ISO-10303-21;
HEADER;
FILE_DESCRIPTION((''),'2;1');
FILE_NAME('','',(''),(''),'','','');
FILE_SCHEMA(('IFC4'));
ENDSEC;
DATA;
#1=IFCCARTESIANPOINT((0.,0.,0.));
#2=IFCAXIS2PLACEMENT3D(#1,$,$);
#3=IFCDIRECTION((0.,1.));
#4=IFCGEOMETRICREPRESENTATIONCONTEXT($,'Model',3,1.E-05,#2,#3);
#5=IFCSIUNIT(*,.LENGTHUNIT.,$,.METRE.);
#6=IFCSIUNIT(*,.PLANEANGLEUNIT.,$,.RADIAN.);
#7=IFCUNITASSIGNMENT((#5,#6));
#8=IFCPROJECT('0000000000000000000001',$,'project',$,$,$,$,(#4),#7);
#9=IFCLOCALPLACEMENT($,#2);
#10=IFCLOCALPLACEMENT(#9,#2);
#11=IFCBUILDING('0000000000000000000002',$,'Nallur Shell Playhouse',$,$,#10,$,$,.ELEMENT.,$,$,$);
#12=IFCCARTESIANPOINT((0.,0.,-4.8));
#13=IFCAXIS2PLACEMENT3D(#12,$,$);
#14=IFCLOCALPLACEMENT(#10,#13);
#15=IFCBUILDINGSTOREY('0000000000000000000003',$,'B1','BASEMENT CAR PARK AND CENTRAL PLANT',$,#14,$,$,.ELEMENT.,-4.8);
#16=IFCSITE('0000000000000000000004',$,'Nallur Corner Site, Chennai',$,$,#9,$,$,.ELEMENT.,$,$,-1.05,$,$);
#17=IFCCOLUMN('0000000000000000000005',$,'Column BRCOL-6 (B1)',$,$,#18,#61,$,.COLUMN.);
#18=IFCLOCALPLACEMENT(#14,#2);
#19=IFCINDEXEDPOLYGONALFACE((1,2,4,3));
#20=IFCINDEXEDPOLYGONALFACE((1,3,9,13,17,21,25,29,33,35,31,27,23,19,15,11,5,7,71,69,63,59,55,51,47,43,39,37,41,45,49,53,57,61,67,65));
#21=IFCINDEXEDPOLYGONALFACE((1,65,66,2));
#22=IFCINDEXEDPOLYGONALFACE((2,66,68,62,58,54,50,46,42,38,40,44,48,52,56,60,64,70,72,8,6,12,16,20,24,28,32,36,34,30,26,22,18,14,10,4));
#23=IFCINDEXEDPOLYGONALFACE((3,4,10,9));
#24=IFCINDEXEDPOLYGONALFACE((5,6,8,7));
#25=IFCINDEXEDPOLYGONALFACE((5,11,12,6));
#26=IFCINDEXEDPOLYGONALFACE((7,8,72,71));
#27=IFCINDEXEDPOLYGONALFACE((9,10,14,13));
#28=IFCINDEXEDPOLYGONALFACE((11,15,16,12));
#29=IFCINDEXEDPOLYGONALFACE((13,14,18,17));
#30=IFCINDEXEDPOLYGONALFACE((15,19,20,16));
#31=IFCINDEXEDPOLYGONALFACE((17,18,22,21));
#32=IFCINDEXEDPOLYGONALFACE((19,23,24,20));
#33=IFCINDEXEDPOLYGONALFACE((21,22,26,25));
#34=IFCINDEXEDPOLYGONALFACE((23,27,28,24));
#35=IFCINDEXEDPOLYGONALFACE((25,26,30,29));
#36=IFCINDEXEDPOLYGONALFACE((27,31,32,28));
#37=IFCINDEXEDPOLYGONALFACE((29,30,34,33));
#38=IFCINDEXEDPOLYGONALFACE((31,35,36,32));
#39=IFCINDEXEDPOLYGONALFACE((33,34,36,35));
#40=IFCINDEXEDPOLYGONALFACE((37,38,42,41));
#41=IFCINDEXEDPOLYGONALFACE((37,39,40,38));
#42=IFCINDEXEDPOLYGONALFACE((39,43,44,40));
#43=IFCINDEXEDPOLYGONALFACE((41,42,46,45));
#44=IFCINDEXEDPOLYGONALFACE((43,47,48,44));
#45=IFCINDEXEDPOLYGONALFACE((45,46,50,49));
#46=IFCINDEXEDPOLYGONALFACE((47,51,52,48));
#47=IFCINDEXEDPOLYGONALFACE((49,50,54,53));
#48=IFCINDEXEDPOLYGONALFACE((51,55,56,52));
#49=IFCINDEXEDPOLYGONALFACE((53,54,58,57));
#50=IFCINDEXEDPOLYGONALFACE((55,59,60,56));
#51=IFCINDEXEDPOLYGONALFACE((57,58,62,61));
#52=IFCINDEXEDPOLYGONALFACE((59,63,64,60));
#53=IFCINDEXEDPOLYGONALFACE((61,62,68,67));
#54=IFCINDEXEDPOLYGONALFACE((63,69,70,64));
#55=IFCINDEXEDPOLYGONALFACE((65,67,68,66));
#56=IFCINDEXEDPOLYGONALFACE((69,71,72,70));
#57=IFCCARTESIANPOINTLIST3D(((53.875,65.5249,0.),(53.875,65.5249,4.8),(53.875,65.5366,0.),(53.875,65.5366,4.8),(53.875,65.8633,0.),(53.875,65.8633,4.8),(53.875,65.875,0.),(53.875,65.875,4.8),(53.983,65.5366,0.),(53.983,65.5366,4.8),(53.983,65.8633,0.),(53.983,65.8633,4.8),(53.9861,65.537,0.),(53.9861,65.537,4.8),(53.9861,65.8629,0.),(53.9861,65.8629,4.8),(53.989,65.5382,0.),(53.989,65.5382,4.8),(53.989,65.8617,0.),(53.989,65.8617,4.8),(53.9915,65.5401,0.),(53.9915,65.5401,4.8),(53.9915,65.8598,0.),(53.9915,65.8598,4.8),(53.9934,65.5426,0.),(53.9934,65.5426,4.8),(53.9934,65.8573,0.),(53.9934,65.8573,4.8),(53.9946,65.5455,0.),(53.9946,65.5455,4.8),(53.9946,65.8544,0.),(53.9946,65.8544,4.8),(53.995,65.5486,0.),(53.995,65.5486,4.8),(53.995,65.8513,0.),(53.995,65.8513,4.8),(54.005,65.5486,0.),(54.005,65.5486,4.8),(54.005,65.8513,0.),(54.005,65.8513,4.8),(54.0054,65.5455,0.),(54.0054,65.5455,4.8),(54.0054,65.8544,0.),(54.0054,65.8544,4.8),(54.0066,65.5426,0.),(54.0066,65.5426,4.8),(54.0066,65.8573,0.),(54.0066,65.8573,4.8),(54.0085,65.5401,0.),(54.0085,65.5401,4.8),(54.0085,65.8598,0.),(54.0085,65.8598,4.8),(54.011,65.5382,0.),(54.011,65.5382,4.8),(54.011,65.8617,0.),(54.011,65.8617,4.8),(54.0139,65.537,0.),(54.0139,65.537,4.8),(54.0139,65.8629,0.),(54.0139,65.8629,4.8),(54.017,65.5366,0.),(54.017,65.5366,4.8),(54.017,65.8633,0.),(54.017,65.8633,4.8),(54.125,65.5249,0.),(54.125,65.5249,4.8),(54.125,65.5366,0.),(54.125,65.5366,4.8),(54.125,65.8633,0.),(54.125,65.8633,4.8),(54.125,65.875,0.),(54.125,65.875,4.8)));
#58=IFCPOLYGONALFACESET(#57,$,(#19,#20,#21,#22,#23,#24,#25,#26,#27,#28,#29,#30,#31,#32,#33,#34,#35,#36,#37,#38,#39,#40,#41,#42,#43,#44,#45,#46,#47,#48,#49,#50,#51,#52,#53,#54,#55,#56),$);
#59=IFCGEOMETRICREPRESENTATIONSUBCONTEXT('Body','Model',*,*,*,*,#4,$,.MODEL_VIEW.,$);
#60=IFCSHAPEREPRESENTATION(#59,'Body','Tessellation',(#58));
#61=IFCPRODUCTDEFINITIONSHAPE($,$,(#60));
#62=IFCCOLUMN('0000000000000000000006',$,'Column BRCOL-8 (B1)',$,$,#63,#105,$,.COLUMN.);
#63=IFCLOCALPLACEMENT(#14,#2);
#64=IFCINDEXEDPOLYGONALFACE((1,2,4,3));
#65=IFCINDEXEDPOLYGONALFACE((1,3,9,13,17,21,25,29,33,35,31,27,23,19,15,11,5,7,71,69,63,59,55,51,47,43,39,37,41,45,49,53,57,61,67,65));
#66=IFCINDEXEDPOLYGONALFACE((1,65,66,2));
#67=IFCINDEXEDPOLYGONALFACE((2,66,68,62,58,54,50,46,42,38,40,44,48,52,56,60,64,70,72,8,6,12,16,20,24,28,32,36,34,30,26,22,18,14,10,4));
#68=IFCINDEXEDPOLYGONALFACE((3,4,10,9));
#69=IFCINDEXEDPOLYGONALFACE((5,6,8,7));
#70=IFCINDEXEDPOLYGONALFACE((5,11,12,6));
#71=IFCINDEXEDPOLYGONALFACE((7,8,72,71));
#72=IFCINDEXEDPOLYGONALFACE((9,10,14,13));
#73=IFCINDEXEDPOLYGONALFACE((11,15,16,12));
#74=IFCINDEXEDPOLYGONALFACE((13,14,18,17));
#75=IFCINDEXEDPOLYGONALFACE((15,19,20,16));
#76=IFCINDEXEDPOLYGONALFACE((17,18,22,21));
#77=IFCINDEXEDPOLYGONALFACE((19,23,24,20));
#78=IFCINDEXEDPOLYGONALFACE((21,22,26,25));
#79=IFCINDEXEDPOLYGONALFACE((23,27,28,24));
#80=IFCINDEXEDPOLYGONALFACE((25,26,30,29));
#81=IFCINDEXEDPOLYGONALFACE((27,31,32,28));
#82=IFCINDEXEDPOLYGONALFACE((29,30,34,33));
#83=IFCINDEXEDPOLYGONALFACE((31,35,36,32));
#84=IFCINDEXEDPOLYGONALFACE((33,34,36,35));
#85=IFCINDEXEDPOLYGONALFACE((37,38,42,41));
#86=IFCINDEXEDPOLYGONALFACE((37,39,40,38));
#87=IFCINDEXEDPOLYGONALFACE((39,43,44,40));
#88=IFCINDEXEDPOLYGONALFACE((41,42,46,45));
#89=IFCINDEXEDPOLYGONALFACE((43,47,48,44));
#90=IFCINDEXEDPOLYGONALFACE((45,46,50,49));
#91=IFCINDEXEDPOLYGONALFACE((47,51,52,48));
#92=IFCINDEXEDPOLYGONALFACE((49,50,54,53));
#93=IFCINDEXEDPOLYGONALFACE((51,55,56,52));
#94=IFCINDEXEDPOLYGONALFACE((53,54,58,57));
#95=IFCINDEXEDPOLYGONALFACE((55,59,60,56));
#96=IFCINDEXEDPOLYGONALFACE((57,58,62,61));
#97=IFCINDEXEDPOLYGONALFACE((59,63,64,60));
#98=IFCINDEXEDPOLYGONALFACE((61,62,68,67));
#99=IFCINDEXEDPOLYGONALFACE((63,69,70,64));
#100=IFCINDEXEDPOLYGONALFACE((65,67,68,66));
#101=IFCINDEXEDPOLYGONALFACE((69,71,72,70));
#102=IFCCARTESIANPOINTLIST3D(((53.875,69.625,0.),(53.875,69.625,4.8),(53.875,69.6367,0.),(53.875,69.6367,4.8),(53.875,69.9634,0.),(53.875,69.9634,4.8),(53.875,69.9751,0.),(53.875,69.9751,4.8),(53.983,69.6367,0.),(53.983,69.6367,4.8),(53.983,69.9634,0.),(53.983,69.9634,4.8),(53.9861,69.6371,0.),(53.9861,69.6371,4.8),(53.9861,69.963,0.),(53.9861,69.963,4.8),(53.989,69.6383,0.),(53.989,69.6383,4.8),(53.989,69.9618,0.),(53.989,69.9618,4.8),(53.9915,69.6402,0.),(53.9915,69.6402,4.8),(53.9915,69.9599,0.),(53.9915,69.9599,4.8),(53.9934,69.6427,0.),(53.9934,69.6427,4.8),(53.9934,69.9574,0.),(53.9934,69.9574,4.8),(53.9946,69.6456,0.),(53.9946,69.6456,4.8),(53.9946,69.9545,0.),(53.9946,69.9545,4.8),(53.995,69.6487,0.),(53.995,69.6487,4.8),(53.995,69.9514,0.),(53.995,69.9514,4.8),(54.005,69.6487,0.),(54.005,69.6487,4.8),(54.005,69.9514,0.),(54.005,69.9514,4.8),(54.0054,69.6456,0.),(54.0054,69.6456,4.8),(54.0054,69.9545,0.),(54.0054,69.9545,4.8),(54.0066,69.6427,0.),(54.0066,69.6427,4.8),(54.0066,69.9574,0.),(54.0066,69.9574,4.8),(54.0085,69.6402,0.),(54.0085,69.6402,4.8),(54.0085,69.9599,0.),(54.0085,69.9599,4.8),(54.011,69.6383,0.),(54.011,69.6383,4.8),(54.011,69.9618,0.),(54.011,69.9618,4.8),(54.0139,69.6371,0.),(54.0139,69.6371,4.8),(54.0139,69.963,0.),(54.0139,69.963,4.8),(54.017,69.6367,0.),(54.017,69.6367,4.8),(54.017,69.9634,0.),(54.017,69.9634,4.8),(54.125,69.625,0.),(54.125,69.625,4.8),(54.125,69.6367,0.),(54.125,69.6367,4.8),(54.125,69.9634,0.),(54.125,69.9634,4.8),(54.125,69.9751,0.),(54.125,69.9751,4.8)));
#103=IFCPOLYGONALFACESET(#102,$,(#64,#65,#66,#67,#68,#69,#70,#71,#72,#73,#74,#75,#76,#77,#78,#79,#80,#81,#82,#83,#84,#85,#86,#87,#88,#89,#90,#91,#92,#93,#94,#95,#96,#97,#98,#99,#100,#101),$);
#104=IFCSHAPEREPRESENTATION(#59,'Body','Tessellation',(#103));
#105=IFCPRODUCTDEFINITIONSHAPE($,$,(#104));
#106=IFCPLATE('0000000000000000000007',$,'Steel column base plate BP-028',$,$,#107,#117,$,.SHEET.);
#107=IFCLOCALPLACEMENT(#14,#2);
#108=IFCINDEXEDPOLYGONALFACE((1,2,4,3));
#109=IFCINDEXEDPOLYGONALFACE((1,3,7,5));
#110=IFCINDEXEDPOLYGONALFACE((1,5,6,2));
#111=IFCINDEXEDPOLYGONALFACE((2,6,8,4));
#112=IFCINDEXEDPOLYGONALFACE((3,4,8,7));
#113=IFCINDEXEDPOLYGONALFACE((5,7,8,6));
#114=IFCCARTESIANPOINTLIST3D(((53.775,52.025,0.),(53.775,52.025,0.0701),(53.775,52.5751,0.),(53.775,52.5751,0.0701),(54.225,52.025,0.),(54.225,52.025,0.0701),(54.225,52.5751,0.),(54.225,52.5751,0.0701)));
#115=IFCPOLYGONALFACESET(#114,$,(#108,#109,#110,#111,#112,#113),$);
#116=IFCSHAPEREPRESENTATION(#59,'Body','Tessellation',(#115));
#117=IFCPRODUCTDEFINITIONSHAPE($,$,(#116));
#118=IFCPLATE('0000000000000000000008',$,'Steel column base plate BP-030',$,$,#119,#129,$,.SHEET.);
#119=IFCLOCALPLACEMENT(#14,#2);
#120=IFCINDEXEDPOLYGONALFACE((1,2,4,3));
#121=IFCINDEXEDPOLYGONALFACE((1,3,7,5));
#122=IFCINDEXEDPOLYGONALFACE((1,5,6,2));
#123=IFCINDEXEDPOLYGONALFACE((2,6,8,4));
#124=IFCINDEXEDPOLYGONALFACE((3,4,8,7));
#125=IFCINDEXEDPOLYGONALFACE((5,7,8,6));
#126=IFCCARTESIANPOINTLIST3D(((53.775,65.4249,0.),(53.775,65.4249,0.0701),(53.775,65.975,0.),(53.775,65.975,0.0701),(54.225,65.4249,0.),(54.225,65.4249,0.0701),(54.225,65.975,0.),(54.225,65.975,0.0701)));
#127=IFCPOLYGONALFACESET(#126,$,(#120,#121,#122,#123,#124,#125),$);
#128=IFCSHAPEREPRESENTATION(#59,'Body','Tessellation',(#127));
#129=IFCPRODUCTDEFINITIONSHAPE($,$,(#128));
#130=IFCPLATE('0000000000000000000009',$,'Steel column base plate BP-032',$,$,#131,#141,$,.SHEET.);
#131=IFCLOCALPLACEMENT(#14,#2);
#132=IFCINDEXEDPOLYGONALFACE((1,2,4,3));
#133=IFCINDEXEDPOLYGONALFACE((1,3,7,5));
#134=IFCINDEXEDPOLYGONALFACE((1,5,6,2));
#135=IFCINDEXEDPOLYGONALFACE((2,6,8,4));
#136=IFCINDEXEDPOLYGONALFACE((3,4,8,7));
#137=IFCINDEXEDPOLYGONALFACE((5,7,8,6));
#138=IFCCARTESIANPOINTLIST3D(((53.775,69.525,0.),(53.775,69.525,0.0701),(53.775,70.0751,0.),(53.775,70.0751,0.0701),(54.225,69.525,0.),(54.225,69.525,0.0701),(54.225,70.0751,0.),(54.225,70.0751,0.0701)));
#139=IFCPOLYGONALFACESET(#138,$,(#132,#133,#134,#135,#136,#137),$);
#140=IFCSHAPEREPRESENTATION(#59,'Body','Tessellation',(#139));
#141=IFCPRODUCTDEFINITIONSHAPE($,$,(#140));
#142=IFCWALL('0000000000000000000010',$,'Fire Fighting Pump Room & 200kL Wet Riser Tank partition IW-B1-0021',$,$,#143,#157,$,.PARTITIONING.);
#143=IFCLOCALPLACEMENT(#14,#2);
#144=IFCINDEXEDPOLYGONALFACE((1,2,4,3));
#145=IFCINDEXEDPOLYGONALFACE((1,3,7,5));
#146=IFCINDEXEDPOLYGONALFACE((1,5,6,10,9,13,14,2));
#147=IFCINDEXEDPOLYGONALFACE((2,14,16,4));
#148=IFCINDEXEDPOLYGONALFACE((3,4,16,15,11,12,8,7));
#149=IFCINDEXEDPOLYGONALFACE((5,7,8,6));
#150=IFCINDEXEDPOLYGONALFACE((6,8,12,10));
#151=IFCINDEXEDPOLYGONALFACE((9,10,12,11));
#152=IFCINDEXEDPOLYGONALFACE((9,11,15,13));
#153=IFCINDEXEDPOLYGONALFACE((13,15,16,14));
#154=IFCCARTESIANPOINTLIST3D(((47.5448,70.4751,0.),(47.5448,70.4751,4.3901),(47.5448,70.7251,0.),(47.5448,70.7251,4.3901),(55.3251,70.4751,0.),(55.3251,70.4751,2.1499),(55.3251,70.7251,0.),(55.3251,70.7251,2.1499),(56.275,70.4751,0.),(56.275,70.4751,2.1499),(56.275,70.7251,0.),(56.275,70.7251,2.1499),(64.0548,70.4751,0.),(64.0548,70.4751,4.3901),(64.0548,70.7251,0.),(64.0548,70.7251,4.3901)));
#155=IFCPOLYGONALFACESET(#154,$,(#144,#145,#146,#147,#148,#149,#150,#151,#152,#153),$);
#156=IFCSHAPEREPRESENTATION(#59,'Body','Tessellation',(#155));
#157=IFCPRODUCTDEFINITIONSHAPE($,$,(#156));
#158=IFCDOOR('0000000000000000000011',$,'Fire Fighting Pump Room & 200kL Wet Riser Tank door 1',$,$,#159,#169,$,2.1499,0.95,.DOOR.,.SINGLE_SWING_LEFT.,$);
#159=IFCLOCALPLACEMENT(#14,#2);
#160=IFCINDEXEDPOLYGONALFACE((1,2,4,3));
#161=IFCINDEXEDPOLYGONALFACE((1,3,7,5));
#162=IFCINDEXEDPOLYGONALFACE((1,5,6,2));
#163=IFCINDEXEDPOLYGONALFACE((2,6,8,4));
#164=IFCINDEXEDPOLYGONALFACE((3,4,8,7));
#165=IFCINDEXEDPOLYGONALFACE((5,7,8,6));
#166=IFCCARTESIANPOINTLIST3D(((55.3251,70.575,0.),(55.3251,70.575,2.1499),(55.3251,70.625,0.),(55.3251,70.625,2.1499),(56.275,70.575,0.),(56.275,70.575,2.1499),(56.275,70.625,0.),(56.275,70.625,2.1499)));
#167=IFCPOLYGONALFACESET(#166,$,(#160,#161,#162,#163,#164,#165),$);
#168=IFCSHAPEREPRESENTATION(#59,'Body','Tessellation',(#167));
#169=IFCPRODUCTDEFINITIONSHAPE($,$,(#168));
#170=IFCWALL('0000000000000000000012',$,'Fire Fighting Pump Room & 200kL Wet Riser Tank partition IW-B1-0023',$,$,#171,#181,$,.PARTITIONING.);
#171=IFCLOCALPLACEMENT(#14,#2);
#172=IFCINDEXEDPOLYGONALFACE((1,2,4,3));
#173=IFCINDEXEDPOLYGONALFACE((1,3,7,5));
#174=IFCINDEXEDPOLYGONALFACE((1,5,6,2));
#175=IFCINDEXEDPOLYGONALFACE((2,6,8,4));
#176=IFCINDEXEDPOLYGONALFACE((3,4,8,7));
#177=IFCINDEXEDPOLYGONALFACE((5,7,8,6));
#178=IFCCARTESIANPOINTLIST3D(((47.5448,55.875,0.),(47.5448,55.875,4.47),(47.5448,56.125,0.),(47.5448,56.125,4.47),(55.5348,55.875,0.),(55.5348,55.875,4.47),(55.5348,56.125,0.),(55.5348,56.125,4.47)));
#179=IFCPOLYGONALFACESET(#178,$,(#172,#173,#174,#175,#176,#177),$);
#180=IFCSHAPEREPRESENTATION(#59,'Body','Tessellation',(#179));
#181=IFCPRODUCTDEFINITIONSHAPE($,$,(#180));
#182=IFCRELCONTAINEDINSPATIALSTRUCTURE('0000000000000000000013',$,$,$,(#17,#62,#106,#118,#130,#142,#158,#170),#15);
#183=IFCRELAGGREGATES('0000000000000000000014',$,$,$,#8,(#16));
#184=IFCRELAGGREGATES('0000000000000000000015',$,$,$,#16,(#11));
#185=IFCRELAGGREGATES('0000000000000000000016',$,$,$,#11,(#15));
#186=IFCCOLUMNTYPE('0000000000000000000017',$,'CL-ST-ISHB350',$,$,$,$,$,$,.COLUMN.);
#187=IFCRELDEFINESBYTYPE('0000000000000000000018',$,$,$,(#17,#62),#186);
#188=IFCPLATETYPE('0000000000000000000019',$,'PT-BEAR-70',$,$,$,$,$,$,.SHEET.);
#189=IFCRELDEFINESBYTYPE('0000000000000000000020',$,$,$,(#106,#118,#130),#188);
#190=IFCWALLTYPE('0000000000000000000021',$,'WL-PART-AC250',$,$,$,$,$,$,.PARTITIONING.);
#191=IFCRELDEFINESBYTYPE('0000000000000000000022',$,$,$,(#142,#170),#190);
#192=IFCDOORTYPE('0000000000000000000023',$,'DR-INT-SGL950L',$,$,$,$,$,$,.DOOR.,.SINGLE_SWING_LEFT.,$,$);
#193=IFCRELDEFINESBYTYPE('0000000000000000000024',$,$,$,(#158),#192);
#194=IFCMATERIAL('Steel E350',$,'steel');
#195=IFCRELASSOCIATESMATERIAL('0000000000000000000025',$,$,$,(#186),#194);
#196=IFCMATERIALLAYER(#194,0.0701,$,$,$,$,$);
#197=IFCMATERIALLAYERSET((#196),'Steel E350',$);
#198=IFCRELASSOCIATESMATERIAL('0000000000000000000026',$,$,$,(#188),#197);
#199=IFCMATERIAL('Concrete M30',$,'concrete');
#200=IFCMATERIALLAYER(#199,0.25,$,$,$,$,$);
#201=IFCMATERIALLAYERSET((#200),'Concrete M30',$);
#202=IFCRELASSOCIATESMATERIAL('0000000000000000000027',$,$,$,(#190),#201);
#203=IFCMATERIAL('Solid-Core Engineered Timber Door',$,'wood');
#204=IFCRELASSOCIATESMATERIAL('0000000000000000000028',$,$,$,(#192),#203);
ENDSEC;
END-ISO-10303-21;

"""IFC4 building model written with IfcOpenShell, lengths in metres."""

from ifc_helpers import new_model, si_unit, direction, frame, frame_2d, origin, origin_2d, place, context, subcontext, project, spatial, rectangle, i_section, extrude, material, layer, layer_set, material_profile, profile_set, type_object, element, fill, save


model = new_model("IFC4")

# Units and contexts
model_context = context("Model", 3, precision=1e-05, world=origin(), true_north=direction((0.0, 1.0)))
body_context = subcontext(model_context, "Body", "Model", "MODEL_VIEW")
ifc_project = project(units=[si_unit("LENGTHUNIT", "METRE"), si_unit("PLANEANGLEUNIT", "RADIAN")], contexts=[model_context])

# Site, building, storey
site_placement = place(None, origin())
site = spatial("IfcSite", under=ifc_project, at=site_placement, Name="Nallur Corner Site, Chennai", CompositionType="ELEMENT", RefElevation=-1.05)
building_placement = place(site_placement, origin())
building = spatial("IfcBuilding", under=site, at=building_placement, Name="Nallur Shell Playhouse", CompositionType="ELEMENT")
storey_placement = place(building_placement, frame((0.0, 0.0, -4.8)))
storey = spatial("IfcBuildingStorey", under=building, at=storey_placement, Name="B1", Description="BASEMENT CAR PARK AND CENTRAL PLANT", CompositionType="ELEMENT", Elevation=-4.8)

# Columns
ifc_material_1 = material(Name="Steel E350", Category="steel")
ifc_material_profile_1 = material_profile(ifc_material_1, i_section(OverallWidth=0.25, OverallDepth=0.3501, WebThickness=0.01, FlangeThickness=0.0117, FilletRadius=0.012, at=origin_2d()), Name="ISHB 350")
ifc_profile_set_1 = profile_set([ifc_material_profile_1], Name="Steel E350")
column_type_1 = type_object("IfcColumnType", Name="CL-ST-ISHB350", PredefinedType="COLUMN", material=ifc_profile_set_1)
for number, where, z_axis, x_axis, name in (
    (1, (54.0, 65.7, 0.0), (0.0, 0.0, 1.0), (1.0, 0.0, 0.0), "Column BRCOL-6 (B1)"),
    (2, (54.0, 69.8, 0.0), (0.0, 0.0, 1.0), (1.0, 0.0, 0.0), "Column BRCOL-8 (B1)"),
):
    element("IfcColumn", number, at=place(storey_placement, frame(where, z_axis=z_axis, x_axis=x_axis)), inside=storey, type_object=column_type_1, Name=name, PredefinedType="COLUMN", context=body_context, shape_type="SweptSolid", body=[
        extrude(i_section(OverallWidth=0.25, OverallDepth=0.3501, WebThickness=0.01, FlangeThickness=0.0117, FilletRadius=0.012, at=origin_2d()), origin(), (0.0, 0.0, 1.0), 4.8),
    ])

# Plates
ifc_layer_1 = layer(ifc_material_1, 0.0701)
ifc_layer_set_1 = layer_set([ifc_layer_1], Name="Steel E350")
plate_type = type_object("IfcPlateType", Name="PT-BEAR-70", PredefinedType="SHEET", material=ifc_layer_set_1)
for number, where, z_axis, x_axis, name in (
    (3, (54.0, 52.3, 0.0), (0.0, 0.0, 1.0), (1.0, 0.0, 0.0), "Steel column base plate BP-028"),
    (4, (54.0, 65.7, 0.0), (0.0, 0.0, 1.0), (1.0, 0.0, 0.0), "Steel column base plate BP-030"),
    (5, (54.0, 69.8, 0.0), (0.0, 0.0, 1.0), (1.0, 0.0, 0.0), "Steel column base plate BP-032"),
):
    element("IfcPlate", number, at=place(storey_placement, frame(where, z_axis=z_axis, x_axis=x_axis)), inside=storey, type_object=plate_type, Name=name, PredefinedType="SHEET", context=body_context, shape_type="SweptSolid", body=[
        extrude(rectangle(XDim=0.45, YDim=0.55, at=origin_2d()), origin(), (0.0, 0.0, 1.0), 0.0701),
    ])

# Wall, opening, door
ifc_material_2 = material(Name="Concrete M30", Category="concrete")
ifc_layer_2 = layer(ifc_material_2, 0.25)
ifc_layer_set_2 = layer_set([ifc_layer_2], Name="Concrete M30")
wall_type_1 = type_object("IfcWallType", Name="WL-PART-AC250", PredefinedType="PARTITIONING", material=ifc_layer_set_2)
wall_1_placement = place(storey_placement, frame((47.5449, 70.6001, 0.0), z_axis=(0.0, 0.0, 1.0), x_axis=(1.0, 0.0, 0.0)))
wall_1 = element("IfcWall", 6, at=wall_1_placement, inside=storey, type_object=wall_type_1, Name="Fire Fighting Pump Room & 200kL Wet Riser Tank partition IW-B1-0021", PredefinedType="PARTITIONING", context=body_context, shape_type="SweptSolid", body=[
    extrude(rectangle(XDim=16.51, YDim=0.25, at=frame_2d((8.2549, 0.0))), origin(), (0.0, 0.0, 1.0), 4.3901),
])
opening_1_placement = place(wall_1_placement, frame((7.78, 0.0, 0.0)))
opening_1 = element("IfcOpeningElement", 7, at=opening_1_placement, cuts=wall_1, PredefinedType="OPENING", context=body_context, shape_type="SweptSolid", body=[
    extrude(rectangle(XDim=0.95, YDim=2.1499, at=frame_2d((0.4751, 1.075))), frame((0.0, 0.135, 0.0), z_axis=(0.0, -1.0, 0.0), x_axis=(1.0, 0.0, 0.0)), (0.0, 0.0, 1.0), 0.27),
])
ifc_material_3 = material(Name="Solid-Core Engineered Timber Door", Category="wood")
door_type_1 = type_object("IfcDoorType", Name="DR-INT-SGL950L", OperationType="SINGLE_SWING_LEFT", PredefinedType="DOOR", material=ifc_material_3)
door_1_placement = place(opening_1_placement, origin())
door_1 = element("IfcDoor", 8, at=door_1_placement, inside=storey, type_object=door_type_1, Name="Fire Fighting Pump Room & 200kL Wet Riser Tank door 1", OperationType="SINGLE_SWING_LEFT", OverallHeight=2.1499, OverallWidth=0.95, PredefinedType="DOOR", context=body_context, shape_type="SweptSolid", body=[
    extrude(rectangle(XDim=0.95, YDim=2.1499, at=frame_2d((0.4751, 1.075))), frame((0.0, 0.0249, 0.0), z_axis=(0.0, -1.0, 0.0), x_axis=(1.0, 0.0, 0.0)), (0.0, 0.0, 1.0), 0.05),
])
fill(opening_1, door_1)

# Wall
wall_2_placement = place(storey_placement, frame((55.5349, 56.0, 0.0), z_axis=(0.0, 0.0, 1.0), x_axis=(-1.0, 0.0, 0.0)))
element("IfcWall", 9, at=wall_2_placement, inside=storey, type_object=wall_type_1, Name="Fire Fighting Pump Room & 200kL Wet Riser Tank partition IW-B1-0023", PredefinedType="PARTITIONING", context=body_context, shape_type="SweptSolid", body=[
    extrude(rectangle(XDim=7.99, YDim=0.25, at=frame_2d((3.9951, 0.0))), origin(), (0.0, 0.0, 1.0), 4.47),
])

save(model, "model.ifc")
